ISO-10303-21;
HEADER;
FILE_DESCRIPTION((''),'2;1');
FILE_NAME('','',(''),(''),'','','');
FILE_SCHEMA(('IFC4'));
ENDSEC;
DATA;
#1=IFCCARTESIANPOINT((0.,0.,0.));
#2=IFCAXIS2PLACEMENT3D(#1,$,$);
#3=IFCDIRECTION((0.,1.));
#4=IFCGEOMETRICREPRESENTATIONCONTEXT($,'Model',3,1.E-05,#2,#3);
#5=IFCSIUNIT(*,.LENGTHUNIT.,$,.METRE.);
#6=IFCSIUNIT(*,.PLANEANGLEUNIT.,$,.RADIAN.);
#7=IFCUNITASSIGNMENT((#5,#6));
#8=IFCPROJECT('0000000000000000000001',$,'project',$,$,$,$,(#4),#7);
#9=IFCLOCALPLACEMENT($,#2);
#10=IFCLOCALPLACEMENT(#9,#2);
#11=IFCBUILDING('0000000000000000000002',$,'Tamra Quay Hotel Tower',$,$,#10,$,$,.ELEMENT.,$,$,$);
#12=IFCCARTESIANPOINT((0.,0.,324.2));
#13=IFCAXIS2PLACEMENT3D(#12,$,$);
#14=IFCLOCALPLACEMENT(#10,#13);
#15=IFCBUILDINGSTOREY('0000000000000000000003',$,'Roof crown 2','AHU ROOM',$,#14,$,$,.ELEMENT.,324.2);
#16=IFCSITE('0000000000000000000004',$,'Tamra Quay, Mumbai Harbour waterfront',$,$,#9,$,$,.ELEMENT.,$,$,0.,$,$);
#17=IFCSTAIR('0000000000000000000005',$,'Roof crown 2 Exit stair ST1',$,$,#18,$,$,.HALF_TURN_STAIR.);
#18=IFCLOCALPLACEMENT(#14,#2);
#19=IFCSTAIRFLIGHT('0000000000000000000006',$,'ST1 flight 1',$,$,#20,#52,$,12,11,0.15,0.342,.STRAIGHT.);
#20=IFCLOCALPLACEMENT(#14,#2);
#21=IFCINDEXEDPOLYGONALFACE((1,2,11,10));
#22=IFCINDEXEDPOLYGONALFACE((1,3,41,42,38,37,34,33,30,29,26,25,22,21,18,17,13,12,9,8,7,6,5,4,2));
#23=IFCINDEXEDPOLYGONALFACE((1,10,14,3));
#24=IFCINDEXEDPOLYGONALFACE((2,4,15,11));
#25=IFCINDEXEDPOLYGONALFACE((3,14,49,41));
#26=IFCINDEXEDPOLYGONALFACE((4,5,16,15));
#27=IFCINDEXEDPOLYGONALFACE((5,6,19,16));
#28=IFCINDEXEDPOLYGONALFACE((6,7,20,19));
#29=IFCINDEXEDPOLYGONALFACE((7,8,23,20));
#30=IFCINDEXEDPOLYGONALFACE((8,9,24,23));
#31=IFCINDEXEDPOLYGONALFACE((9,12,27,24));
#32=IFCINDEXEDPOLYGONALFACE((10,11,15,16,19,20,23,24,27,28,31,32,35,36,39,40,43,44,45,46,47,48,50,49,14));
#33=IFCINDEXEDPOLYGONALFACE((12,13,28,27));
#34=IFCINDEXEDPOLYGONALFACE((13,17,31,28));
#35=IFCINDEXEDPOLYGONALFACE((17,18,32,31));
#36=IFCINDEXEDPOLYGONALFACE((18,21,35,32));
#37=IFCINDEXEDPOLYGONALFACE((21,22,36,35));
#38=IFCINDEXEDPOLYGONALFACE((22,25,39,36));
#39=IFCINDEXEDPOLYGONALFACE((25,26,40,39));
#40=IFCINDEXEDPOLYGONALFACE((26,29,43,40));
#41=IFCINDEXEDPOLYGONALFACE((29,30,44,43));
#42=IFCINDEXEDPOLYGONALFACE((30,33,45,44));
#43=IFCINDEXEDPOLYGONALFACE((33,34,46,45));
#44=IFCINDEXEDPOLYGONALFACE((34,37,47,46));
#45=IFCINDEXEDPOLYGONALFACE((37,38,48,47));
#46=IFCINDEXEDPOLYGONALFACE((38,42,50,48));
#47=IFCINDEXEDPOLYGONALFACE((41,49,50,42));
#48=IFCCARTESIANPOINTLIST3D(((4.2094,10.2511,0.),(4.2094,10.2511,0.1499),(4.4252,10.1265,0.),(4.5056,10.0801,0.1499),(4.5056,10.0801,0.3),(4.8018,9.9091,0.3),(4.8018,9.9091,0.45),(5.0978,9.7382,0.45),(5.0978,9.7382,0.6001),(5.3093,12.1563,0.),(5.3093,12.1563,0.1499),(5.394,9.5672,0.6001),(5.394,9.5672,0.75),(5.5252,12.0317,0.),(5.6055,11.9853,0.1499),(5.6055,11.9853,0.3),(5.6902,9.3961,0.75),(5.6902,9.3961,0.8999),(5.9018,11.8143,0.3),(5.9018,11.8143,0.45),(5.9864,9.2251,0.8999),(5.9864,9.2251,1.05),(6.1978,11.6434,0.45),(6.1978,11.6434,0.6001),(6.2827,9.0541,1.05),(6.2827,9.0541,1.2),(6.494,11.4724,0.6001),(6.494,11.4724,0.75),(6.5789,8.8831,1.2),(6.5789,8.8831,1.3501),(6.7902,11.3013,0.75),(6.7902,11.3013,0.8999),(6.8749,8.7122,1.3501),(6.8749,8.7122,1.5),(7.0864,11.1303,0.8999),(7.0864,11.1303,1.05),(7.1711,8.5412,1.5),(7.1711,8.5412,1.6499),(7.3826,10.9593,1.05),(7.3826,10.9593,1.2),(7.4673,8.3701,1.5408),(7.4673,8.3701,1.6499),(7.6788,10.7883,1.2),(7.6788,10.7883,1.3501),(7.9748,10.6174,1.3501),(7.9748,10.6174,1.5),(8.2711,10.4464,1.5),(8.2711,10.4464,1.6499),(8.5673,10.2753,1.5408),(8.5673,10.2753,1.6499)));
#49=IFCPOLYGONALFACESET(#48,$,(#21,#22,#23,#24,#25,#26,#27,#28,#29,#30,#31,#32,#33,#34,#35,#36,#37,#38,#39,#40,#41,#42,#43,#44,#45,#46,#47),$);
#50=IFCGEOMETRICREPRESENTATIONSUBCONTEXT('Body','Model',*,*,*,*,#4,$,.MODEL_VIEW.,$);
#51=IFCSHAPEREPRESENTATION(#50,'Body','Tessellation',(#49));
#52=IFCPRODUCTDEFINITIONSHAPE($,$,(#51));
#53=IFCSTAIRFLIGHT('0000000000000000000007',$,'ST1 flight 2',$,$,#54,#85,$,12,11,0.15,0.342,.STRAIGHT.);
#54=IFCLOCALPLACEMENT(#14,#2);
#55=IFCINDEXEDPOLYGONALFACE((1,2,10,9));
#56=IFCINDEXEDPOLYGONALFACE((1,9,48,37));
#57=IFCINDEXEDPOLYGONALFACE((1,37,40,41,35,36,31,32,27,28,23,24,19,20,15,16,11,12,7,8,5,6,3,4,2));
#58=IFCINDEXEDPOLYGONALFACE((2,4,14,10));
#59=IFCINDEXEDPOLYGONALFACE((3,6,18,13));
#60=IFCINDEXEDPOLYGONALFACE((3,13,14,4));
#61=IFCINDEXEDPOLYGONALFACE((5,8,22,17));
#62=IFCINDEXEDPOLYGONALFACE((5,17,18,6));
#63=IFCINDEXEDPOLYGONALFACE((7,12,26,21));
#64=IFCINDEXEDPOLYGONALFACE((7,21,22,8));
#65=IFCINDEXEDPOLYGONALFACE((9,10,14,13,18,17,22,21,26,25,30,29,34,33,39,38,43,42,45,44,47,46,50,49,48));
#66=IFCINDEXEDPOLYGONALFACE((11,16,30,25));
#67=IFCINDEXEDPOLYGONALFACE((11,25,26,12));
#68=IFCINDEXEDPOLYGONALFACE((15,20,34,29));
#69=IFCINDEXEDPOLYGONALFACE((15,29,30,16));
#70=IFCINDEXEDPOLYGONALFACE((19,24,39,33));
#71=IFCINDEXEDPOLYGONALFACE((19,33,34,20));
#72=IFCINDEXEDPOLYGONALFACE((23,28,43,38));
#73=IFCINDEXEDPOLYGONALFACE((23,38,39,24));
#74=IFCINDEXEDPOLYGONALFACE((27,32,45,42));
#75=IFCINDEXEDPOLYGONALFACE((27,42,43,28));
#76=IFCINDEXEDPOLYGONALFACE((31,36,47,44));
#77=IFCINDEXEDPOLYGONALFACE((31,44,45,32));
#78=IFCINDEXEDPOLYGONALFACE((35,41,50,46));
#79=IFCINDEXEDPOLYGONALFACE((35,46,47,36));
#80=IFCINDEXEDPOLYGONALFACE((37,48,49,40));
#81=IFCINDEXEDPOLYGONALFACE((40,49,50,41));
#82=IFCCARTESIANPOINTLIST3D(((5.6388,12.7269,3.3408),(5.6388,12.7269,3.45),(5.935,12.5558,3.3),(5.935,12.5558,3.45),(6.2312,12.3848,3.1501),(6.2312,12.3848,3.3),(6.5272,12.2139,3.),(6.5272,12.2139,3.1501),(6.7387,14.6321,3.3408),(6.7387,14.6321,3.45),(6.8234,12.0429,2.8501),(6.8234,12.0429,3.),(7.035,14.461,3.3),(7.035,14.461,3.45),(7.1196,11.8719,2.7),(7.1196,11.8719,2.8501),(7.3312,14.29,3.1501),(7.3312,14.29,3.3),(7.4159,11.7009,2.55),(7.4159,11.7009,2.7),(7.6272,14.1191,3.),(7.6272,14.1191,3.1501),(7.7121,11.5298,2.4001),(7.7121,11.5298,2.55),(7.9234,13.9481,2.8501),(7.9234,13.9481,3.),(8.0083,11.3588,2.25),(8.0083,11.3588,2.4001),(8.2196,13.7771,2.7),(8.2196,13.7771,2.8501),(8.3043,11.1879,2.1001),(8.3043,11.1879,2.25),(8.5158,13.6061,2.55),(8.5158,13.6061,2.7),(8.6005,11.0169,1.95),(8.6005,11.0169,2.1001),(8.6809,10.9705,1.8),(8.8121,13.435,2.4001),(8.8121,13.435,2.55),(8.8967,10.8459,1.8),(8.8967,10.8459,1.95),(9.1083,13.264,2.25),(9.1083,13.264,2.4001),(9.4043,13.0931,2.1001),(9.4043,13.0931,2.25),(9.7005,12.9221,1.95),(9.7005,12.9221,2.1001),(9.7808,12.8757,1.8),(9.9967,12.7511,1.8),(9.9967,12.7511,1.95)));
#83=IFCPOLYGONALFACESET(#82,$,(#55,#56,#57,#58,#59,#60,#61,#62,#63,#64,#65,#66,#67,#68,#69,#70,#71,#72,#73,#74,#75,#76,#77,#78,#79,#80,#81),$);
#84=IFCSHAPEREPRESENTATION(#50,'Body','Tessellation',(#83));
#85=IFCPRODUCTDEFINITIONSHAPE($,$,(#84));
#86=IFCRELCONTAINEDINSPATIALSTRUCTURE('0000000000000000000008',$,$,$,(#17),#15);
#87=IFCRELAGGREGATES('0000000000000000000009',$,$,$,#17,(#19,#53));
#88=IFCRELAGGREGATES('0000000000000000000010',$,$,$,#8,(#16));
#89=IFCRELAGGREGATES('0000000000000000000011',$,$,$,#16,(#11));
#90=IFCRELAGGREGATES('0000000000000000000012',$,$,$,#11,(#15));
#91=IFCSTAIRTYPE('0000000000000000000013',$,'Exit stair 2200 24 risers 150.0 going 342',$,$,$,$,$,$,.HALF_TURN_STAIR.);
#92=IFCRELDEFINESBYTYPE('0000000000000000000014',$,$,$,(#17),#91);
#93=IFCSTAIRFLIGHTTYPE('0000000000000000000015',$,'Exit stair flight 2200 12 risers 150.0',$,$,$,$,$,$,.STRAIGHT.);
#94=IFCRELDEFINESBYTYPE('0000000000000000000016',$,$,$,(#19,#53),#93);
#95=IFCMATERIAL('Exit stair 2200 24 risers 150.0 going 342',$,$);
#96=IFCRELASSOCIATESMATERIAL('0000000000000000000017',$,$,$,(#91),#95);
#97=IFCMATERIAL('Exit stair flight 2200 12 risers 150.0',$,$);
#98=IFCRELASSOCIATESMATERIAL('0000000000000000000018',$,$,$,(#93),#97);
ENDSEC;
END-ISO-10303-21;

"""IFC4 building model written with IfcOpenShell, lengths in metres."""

from ifc_helpers import new_model, si_unit, direction, frame, origin, place, context, subcontext, project, spatial, polyline, outline, extrude, material, type_object, element, aggregate, save


model = new_model("IFC4")

# Units and contexts
model_context = context("Model", 3, precision=1e-05, world=origin(), true_north=direction((0.0, 1.0)))
body_context = subcontext(model_context, "Body", "Model", "MODEL_VIEW")
ifc_project = project(units=[si_unit("LENGTHUNIT", "METRE"), si_unit("PLANEANGLEUNIT", "RADIAN")], contexts=[model_context])

# Site, building, storey
site_placement = place(None, origin())
site = spatial("IfcSite", under=ifc_project, at=site_placement, Name="Tamra Quay, Mumbai Harbour waterfront", CompositionType="ELEMENT", RefElevation=0.0)
building_placement = place(site_placement, origin())
building = spatial("IfcBuilding", under=site, at=building_placement, Name="Tamra Quay Hotel Tower", CompositionType="ELEMENT")
storey_placement = place(building_placement, frame((0.0, 0.0, 324.2)))
storey = spatial("IfcBuildingStorey", under=building, at=storey_placement, Name="Roof crown 2", Description="AHU ROOM", CompositionType="ELEMENT", Elevation=324.2)

# Stair, stair flights
ifc_material_1 = material(Name="Exit stair 2200 24 risers 150.0 going 342")
stair_type = type_object("IfcStairType", Name="Exit stair 2200 24 risers 150.0 going 342", PredefinedType="HALF_TURN_STAIR", material=ifc_material_1)
stair_placement = place(storey_placement, origin())
stair = element("IfcStair", 1, at=stair_placement, inside=storey, type_object=stair_type, Name="Roof crown 2 Exit stair ST1", PredefinedType="HALF_TURN_STAIR")
ifc_material_2 = material(Name="Exit stair flight 2200 12 risers 150.0")
stair_flight_type = type_object("IfcStairFlightType", Name="Exit stair flight 2200 12 risers 150.0", PredefinedType="STRAIGHT", material=ifc_material_2)
stair_flight_1_placement = place(storey_placement, frame((4.7593, 11.2036, 0.0), z_axis=(0.0, 0.0, 1.0), x_axis=(0.866025, -0.5, 0.0)))
stair_flight_1 = element("IfcStairFlight", 2, at=stair_flight_1_placement, type_object=stair_flight_type, Name="ST1 flight 1", NumberOfRisers=12, NumberOfTreads=11, PredefinedType="STRAIGHT", RiserHeight=0.15, TreadLength=0.342, context=body_context, shape_type="SweptSolid", body=[
    extrude(outline(polyline([(0.0, 0.0), (0.0, 0.1499), (0.342, 0.1499), (0.342, 0.3), (0.6841, 0.3), (0.6841, 0.45), (1.0259, 0.45), (1.0259, 0.6001), (1.3679, 0.6001), (1.3679, 0.75), (1.71, 0.75), (1.71, 0.8999), (2.052, 0.8999), (2.052, 1.05), (2.394, 1.05), (2.394, 1.2), (2.7361, 1.2), (2.7361, 1.3501), (3.0779, 1.3501), (3.0779, 1.5), (3.4199, 1.5), (3.4199, 1.6499), (3.762, 1.6499), (3.762, 1.8), (3.762, 1.5408), (0.2493, 0.0), (0.0, 0.0)])), frame((0.0, 1.1001, 0.0), z_axis=(0.0, -1.0, 0.0), x_axis=(1.0, 0.0, 0.0)), (0.0, 0.0, 1.0), 2.2),
])
stair_flight_2_placement = place(storey_placement, frame((9.4468, 11.7986, 1.8), z_axis=(0.0, 0.0, 1.0), x_axis=(-0.866025, 0.5, 0.0)))
stair_flight_2 = element("IfcStairFlight", 3, at=stair_flight_2_placement, type_object=stair_flight_type, Name="ST1 flight 2", NumberOfRisers=12, NumberOfTreads=11, PredefinedType="STRAIGHT", RiserHeight=0.15, TreadLength=0.342, context=body_context, shape_type="SweptSolid", body=[
    extrude(outline(polyline([(0.0, 0.0), (0.0, 0.1499), (0.342, 0.1499), (0.342, 0.3), (0.6841, 0.3), (0.6841, 0.45), (1.0259, 0.45), (1.0259, 0.6001), (1.3679, 0.6001), (1.3679, 0.75), (1.71, 0.75), (1.71, 0.8999), (2.052, 0.8999), (2.052, 1.05), (2.394, 1.05), (2.394, 1.2), (2.7361, 1.2), (2.7361, 1.3501), (3.0779, 1.3501), (3.0779, 1.5), (3.4199, 1.5), (3.4199, 1.6499), (3.762, 1.6499), (3.762, 1.8), (3.762, 1.5408), (0.2493, 0.0), (0.0, 0.0)])), frame((0.0, 1.1001, 0.0), z_axis=(0.0, -1.0, 0.0), x_axis=(1.0, 0.0, 0.0)), (0.0, 0.0, 1.0), 2.2),
])
aggregate(stair, [stair_flight_1, stair_flight_2])

save(model, "model.ifc")
